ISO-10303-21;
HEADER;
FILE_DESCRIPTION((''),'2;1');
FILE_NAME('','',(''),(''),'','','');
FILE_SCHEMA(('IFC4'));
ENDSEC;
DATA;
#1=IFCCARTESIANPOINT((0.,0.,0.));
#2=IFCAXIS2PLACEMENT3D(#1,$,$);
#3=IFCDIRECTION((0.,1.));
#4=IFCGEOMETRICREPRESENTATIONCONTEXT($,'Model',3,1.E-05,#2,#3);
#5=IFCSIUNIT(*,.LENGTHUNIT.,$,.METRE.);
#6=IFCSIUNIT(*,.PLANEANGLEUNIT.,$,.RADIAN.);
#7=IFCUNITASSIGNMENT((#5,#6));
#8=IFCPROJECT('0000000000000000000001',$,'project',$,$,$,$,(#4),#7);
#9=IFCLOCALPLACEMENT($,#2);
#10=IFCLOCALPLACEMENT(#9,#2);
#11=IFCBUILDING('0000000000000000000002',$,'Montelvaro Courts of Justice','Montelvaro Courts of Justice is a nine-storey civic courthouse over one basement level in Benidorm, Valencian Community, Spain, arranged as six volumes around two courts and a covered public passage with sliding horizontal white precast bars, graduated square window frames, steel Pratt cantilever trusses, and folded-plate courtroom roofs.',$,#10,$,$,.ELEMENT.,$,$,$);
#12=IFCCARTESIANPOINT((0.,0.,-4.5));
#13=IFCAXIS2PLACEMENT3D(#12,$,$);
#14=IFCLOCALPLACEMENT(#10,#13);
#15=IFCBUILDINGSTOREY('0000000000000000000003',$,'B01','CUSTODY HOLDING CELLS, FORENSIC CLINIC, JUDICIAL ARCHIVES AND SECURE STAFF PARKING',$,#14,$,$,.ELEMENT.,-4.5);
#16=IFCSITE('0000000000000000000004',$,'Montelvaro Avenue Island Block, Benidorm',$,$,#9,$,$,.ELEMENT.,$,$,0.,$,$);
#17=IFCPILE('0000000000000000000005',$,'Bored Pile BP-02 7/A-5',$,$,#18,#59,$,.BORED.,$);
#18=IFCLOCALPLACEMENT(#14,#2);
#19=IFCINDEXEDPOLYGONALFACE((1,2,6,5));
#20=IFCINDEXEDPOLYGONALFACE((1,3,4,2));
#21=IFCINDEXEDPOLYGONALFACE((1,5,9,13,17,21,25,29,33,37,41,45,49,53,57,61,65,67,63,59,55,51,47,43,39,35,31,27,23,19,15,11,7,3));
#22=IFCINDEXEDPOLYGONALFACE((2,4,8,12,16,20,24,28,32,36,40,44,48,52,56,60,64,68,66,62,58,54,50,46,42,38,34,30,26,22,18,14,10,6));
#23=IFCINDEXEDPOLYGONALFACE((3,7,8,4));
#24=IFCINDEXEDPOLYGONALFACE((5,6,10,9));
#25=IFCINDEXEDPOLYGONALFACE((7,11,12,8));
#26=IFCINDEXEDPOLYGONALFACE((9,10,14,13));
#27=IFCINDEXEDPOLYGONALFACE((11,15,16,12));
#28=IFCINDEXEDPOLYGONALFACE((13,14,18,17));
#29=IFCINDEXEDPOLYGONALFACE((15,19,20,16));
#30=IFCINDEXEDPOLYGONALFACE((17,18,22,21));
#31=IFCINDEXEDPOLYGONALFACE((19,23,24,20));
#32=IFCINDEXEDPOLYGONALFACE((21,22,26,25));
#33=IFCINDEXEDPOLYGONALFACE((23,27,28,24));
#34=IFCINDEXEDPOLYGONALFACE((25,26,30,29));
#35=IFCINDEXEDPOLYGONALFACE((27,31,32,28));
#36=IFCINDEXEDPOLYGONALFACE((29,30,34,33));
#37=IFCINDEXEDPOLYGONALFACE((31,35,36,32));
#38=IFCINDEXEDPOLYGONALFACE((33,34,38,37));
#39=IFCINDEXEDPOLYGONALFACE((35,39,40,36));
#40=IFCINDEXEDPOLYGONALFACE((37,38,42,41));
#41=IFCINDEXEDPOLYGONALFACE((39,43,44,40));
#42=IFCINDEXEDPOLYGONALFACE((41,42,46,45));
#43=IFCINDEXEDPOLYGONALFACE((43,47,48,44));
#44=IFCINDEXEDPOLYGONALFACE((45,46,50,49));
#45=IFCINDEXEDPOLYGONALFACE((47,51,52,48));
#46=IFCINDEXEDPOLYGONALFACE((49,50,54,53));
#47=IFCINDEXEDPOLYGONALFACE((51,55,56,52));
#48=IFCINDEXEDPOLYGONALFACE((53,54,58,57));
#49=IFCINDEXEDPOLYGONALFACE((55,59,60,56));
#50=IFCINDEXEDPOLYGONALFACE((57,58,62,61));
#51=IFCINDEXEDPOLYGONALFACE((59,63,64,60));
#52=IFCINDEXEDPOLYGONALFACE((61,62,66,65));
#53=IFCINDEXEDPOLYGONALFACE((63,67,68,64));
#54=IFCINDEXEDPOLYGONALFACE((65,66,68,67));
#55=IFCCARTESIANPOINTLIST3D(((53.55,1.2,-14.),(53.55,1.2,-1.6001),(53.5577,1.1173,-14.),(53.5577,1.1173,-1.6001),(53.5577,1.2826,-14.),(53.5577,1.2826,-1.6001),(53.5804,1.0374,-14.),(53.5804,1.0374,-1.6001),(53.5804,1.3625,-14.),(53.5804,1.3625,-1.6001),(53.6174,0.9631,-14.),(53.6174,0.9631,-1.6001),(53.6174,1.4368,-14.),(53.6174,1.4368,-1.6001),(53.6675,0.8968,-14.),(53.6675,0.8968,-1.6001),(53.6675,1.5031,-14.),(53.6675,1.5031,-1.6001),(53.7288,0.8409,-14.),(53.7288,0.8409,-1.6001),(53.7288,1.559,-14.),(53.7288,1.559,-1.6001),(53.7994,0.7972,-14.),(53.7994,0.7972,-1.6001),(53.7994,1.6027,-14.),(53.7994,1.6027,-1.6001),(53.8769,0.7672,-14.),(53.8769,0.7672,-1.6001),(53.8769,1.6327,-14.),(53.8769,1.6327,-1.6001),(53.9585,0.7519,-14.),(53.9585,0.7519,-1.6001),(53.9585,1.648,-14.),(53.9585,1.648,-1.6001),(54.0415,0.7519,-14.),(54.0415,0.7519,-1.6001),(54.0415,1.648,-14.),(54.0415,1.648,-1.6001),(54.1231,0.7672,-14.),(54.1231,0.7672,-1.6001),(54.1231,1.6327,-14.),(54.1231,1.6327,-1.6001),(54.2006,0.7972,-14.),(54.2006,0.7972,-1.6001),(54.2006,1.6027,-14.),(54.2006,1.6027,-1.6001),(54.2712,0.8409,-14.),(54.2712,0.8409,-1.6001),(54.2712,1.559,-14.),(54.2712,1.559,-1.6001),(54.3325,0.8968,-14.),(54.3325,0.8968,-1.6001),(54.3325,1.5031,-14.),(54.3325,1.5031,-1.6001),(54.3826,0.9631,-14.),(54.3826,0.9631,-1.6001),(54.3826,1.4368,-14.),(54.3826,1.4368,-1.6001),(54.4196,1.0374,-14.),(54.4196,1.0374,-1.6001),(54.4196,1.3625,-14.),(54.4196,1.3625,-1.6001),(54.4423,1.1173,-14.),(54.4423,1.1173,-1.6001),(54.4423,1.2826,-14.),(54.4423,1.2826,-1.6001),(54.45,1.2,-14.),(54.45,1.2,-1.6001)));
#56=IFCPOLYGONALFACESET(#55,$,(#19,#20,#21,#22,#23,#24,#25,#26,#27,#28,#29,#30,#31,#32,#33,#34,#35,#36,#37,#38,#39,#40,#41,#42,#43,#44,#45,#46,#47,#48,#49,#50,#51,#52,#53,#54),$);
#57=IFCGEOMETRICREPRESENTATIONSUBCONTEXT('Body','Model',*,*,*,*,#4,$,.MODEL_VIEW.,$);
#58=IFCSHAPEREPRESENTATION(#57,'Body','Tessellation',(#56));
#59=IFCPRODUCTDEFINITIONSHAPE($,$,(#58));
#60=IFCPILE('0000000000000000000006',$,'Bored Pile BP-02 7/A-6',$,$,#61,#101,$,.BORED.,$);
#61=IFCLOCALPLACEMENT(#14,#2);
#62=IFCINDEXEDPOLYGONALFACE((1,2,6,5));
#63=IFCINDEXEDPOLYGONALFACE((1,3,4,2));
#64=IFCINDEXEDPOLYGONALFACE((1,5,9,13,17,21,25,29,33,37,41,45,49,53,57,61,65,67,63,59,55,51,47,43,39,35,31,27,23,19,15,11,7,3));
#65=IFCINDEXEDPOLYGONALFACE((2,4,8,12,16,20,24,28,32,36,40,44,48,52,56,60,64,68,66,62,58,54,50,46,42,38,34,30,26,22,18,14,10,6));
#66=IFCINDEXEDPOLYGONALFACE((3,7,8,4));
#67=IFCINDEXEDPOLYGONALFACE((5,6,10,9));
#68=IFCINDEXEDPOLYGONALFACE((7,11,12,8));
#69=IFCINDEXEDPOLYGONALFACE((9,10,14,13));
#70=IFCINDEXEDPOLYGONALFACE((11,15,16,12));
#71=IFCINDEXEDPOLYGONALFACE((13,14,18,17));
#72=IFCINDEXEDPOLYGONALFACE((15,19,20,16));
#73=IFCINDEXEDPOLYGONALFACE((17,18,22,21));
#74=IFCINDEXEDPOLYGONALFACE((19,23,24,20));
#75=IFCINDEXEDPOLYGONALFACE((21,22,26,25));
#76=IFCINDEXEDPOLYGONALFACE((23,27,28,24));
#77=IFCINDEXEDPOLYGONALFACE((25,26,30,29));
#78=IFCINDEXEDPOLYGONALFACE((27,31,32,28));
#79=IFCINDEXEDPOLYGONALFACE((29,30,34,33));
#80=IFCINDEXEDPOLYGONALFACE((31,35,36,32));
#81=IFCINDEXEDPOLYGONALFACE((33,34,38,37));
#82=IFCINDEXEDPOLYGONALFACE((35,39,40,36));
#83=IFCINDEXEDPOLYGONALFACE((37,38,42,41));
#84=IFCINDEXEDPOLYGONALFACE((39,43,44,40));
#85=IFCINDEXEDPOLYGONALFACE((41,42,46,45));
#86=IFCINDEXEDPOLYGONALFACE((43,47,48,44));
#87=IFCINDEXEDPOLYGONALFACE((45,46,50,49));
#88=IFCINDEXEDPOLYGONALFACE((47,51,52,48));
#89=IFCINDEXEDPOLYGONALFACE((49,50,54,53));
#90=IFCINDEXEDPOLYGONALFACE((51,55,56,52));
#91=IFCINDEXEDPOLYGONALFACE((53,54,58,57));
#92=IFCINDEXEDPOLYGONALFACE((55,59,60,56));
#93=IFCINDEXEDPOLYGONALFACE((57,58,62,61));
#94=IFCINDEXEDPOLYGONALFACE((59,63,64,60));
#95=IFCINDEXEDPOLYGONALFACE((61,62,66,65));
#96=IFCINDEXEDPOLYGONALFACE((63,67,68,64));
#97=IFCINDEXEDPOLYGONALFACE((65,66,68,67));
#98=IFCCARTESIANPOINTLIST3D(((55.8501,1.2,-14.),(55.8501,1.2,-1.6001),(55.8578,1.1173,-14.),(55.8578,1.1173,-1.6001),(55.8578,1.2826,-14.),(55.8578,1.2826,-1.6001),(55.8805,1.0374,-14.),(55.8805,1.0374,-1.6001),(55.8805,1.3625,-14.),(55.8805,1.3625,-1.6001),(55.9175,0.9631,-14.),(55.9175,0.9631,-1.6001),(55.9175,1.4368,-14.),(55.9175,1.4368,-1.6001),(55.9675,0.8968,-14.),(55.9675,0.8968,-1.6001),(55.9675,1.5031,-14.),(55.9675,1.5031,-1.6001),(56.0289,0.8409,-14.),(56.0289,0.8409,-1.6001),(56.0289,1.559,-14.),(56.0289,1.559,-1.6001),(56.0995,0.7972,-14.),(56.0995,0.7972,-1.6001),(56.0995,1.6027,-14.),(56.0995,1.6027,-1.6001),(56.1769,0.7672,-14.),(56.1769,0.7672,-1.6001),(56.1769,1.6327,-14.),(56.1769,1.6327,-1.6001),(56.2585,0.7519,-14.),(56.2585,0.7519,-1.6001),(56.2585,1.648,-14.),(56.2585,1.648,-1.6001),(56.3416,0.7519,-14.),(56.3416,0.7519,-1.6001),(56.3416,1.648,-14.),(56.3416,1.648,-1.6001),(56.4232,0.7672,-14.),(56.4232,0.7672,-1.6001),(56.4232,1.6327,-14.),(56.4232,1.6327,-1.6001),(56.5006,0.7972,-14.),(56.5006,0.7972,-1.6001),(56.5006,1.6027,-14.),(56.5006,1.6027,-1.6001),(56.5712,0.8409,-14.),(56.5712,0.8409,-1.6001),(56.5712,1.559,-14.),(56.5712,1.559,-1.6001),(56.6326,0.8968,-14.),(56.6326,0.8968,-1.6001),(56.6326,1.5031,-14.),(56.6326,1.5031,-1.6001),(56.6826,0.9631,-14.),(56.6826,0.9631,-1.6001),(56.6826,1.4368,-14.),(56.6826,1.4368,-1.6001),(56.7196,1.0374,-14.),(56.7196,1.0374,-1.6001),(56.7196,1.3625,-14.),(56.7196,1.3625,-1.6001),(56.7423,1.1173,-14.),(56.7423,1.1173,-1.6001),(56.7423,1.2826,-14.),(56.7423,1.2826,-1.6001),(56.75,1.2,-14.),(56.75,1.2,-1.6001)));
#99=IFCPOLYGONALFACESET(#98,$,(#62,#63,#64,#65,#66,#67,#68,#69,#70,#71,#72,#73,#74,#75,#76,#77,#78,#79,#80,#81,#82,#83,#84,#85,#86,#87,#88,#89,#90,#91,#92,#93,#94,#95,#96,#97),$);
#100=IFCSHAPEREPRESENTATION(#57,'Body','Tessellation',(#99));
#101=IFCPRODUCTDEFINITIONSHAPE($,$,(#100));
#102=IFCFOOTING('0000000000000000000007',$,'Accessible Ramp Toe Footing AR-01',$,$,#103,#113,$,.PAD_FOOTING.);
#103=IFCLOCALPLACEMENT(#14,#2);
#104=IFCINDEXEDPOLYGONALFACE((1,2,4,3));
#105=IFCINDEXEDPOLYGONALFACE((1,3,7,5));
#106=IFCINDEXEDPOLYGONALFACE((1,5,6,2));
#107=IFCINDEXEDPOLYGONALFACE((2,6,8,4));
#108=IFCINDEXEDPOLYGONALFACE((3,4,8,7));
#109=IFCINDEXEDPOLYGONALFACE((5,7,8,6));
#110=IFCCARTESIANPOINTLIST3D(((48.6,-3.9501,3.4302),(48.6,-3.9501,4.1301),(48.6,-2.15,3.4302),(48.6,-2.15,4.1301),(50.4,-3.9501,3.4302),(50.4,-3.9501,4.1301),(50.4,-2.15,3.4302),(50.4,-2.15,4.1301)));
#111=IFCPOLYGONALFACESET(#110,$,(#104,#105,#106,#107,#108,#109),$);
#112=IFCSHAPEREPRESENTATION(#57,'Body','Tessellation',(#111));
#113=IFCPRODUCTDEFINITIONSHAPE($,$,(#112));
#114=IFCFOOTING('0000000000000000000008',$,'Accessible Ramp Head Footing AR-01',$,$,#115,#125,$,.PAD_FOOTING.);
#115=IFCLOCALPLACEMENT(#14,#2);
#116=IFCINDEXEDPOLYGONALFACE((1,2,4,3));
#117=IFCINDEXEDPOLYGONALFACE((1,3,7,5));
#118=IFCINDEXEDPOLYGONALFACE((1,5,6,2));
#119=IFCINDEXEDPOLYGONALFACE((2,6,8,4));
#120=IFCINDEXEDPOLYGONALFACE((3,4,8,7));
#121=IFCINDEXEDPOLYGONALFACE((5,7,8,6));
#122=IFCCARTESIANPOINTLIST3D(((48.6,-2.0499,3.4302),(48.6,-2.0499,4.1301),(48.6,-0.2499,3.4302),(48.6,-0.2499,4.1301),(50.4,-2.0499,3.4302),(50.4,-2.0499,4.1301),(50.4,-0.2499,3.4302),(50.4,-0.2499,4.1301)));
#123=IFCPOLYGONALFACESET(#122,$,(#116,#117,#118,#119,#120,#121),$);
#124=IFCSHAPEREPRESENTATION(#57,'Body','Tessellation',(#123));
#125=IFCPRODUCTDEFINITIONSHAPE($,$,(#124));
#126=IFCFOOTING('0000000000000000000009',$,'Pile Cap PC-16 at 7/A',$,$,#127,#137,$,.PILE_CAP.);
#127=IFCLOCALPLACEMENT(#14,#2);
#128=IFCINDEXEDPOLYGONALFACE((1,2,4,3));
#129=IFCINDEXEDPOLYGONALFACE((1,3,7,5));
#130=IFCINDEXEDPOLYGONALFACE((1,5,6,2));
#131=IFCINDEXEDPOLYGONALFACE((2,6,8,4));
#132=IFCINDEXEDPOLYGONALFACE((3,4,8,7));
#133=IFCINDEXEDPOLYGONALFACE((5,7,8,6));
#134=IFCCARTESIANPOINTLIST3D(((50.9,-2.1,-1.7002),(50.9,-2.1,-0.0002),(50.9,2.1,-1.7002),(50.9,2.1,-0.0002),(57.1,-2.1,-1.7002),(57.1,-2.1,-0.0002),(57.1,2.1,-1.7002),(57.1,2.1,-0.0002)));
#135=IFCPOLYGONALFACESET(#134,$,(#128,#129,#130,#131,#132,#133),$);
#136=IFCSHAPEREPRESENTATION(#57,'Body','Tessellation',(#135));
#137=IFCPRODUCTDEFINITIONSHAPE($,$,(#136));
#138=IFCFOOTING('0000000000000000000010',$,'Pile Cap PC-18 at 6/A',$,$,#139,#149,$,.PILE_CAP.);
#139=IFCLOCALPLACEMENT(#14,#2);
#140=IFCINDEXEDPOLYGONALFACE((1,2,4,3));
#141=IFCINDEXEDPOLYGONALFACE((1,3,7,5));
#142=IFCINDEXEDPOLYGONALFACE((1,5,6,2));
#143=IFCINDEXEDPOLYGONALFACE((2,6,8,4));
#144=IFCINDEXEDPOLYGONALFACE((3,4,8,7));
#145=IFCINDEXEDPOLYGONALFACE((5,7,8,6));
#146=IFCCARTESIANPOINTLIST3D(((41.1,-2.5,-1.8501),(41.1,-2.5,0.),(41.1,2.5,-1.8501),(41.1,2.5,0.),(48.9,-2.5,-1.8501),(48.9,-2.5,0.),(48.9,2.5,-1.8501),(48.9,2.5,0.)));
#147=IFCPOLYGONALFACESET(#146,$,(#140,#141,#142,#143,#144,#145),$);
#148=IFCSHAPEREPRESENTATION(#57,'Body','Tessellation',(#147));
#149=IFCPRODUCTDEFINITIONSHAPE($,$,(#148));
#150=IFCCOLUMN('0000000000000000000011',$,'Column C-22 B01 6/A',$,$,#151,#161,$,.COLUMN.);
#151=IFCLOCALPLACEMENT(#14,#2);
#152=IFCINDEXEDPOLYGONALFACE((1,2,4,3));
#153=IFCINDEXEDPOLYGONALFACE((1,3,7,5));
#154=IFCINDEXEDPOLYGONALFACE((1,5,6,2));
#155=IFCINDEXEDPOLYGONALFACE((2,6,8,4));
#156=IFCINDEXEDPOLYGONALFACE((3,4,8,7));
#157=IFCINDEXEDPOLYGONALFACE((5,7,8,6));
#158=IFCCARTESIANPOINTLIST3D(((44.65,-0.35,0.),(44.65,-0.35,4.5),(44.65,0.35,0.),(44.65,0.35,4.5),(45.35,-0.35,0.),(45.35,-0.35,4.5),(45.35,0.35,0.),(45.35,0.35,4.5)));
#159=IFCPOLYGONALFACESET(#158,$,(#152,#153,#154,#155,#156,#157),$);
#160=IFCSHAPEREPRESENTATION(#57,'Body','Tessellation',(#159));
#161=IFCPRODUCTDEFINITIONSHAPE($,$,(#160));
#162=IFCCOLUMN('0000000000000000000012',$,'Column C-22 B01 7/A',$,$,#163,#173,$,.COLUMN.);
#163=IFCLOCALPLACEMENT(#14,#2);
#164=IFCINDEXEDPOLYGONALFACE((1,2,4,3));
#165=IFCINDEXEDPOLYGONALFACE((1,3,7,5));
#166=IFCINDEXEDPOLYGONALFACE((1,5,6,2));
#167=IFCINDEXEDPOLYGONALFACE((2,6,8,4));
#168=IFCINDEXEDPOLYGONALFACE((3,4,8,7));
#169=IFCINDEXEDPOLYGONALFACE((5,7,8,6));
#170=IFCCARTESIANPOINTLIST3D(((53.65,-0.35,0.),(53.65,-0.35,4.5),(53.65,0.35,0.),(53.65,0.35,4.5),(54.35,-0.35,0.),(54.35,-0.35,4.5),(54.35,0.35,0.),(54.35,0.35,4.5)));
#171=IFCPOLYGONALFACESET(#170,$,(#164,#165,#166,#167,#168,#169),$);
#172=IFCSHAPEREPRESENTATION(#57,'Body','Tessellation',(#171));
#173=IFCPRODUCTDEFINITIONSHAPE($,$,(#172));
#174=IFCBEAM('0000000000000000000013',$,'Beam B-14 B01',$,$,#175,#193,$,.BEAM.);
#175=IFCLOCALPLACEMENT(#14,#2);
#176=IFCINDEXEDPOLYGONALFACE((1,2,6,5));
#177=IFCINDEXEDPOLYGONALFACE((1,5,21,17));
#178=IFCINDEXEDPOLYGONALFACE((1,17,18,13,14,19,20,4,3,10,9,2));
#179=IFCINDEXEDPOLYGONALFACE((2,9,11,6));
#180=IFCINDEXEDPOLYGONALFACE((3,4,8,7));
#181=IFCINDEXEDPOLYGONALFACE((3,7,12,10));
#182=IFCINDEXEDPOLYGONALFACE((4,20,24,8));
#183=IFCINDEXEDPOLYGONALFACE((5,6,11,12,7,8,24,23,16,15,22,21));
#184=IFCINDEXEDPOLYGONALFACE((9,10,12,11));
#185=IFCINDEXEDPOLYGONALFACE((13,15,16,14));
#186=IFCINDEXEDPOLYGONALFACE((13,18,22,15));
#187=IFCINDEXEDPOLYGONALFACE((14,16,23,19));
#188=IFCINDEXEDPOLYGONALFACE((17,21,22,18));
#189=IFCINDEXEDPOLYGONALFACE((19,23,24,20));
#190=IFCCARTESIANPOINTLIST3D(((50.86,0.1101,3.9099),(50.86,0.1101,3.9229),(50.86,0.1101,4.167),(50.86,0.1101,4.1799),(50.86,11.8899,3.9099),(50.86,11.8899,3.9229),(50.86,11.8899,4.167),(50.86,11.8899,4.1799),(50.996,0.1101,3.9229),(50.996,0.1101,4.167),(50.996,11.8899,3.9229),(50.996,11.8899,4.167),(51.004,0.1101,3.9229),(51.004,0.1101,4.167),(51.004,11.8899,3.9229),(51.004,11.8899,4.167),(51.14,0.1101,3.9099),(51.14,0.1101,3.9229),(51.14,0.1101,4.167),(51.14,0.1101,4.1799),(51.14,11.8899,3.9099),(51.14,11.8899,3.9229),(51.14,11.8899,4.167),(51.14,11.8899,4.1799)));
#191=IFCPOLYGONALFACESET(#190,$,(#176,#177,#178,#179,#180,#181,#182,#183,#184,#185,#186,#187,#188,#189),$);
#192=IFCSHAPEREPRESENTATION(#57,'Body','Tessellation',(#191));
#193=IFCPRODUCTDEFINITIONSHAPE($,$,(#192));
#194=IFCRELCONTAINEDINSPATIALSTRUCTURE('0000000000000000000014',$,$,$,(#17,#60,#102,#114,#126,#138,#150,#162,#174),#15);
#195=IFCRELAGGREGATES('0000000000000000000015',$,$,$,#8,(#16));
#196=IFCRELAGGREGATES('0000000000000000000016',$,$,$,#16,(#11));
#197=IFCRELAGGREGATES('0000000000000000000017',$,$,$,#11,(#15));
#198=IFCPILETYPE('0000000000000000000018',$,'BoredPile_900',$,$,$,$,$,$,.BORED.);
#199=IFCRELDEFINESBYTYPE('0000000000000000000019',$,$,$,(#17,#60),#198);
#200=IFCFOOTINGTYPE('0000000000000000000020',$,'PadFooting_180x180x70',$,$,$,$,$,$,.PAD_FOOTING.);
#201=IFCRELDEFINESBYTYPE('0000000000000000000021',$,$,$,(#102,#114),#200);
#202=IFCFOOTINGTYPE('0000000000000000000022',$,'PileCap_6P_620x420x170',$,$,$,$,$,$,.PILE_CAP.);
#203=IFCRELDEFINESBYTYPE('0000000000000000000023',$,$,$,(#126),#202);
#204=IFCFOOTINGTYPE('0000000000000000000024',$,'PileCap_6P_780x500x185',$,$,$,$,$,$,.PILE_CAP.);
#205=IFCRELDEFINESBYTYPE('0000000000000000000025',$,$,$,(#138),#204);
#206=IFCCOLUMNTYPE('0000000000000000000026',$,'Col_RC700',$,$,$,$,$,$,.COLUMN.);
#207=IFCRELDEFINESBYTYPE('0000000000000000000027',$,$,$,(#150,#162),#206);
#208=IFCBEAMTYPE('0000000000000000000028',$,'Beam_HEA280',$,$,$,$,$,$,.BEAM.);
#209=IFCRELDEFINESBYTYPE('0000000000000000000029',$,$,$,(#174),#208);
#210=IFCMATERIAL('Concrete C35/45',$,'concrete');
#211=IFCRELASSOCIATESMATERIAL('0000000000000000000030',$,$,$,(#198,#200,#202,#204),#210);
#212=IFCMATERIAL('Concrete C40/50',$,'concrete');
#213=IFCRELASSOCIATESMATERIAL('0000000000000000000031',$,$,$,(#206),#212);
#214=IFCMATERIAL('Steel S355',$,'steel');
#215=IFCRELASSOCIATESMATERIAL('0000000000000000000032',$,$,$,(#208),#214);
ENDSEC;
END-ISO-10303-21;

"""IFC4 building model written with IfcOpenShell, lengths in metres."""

from ifc_helpers import new_model, si_unit, direction, frame, origin, origin_2d, place, context, subcontext, project, spatial, rectangle, circle, i_section, extrude, material, material_profile, profile_set, type_object, element, save


model = new_model("IFC4")

# Units and contexts
model_context = context("Model", 3, precision=1e-05, world=origin(), true_north=direction((0.0, 1.0)))
body_context = subcontext(model_context, "Body", "Model", "MODEL_VIEW")
ifc_project = project(units=[si_unit("LENGTHUNIT", "METRE"), si_unit("PLANEANGLEUNIT", "RADIAN")], contexts=[model_context])

# Site, building, storey
site_placement = place(None, origin())
site = spatial("IfcSite", under=ifc_project, at=site_placement, Name="Montelvaro Avenue Island Block, Benidorm", CompositionType="ELEMENT", RefElevation=0.0)
building_placement = place(site_placement, origin())
building = spatial("IfcBuilding", under=site, at=building_placement, Name="Montelvaro Courts of Justice", Description="Montelvaro Courts of Justice is a nine-storey civic courthouse over one basement level in Benidorm, Valencian Community, Spain, arranged as six volumes around two courts and a covered public passage with sliding horizontal white precast bars, graduated square window frames, steel Pratt cantilever trusses, and folded-plate courtroom roofs.", CompositionType="ELEMENT")
storey_placement = place(building_placement, frame((0.0, 0.0, -4.5)))
storey = spatial("IfcBuildingStorey", under=building, at=storey_placement, Name="B01", Description="CUSTODY HOLDING CELLS, FORENSIC CLINIC, JUDICIAL ARCHIVES AND SECURE STAFF PARKING", CompositionType="ELEMENT", Elevation=-4.5)

# Piles
ifc_material_1 = material(Name="Concrete C35/45", Category="concrete")
ifc_material_profile_1 = material_profile(ifc_material_1, circle(Radius=0.45, at=origin_2d()), Name="BORED PILE D900")
ifc_profile_set_1 = profile_set([ifc_material_profile_1], Name="Concrete C35/45")
pile_type_1 = type_object("IfcPileType", Name="BoredPile_900", PredefinedType="BORED", material=ifc_profile_set_1)
for number, where, z_axis, x_axis, name in (
    (1, (54.0, 1.2, -1.6001), (0.0, 0.0, -1.0), (1.0, 0.0, 0.0), "Bored Pile BP-02 7/A-5"),
    (2, (56.3, 1.2, -1.6001), (0.0, 0.0, -1.0), (1.0, 0.0, 0.0), "Bored Pile BP-02 7/A-6"),
):
    element("IfcPile", number, at=place(storey_placement, frame(where, z_axis=z_axis, x_axis=x_axis)), inside=storey, type_object=pile_type_1, Name=name, PredefinedType="BORED", context=body_context, shape_type="SweptSolid", body=[
        extrude(circle(Radius=0.45, at=origin_2d()), origin(), (0.0, 0.0, 1.0), 12.3999),
    ])

# Footings
footing_type_1 = type_object("IfcFootingType", Name="PadFooting_180x180x70", PredefinedType="PAD_FOOTING", material=ifc_material_1)
for number, where, z_axis, x_axis, name in (
    (3, (49.5, -3.05, 3.4302), (0.0, 0.0, 1.0), (1.0, 0.0, 0.0), "Accessible Ramp Toe Footing AR-01"),
    (4, (49.5, -1.1499, 3.4302), (0.0, 0.0, 1.0), (1.0, 0.0, 0.0), "Accessible Ramp Head Footing AR-01"),
):
    element("IfcFooting", number, at=place(storey_placement, frame(where, z_axis=z_axis, x_axis=x_axis)), inside=storey, type_object=footing_type_1, Name=name, PredefinedType="PAD_FOOTING", context=body_context, shape_type="SweptSolid", body=[
        extrude(rectangle(XDim=1.8, YDim=1.8, at=origin_2d()), origin(), (0.0, 0.0, 1.0), 0.7),
    ])
footing_type_2 = type_object("IfcFootingType", Name="PileCap_6P_620x420x170", PredefinedType="PILE_CAP", material=ifc_material_1)
footing_1_placement = place(storey_placement, frame((54.0, 0.0, -1.7002), z_axis=(0.0, 0.0, 1.0), x_axis=(1.0, 0.0, 0.0)))
element("IfcFooting", 5, at=footing_1_placement, inside=storey, type_object=footing_type_2, Name="Pile Cap PC-16 at 7/A", PredefinedType="PILE_CAP", context=body_context, shape_type="SweptSolid", body=[
    extrude(rectangle(XDim=6.2, YDim=4.2, at=origin_2d()), origin(), (0.0, 0.0, 1.0), 1.7),
])
footing_type_3 = type_object("IfcFootingType", Name="PileCap_6P_780x500x185", PredefinedType="PILE_CAP", material=ifc_material_1)
footing_2_placement = place(storey_placement, frame((45.0, 0.0, -1.8501), z_axis=(0.0, 0.0, 1.0), x_axis=(1.0, 0.0, 0.0)))
element("IfcFooting", 6, at=footing_2_placement, inside=storey, type_object=footing_type_3, Name="Pile Cap PC-18 at 6/A", PredefinedType="PILE_CAP", context=body_context, shape_type="SweptSolid", body=[
    extrude(rectangle(XDim=7.8, YDim=5.0, at=origin_2d()), origin(), (0.0, 0.0, 1.0), 1.8501),
])

# Columns
ifc_material_2 = material(Name="Concrete C40/50", Category="concrete")
ifc_material_profile_2 = material_profile(ifc_material_2, rectangle(XDim=0.7, YDim=0.7, at=origin_2d()), Name="RC 700x700")
ifc_profile_set_2 = profile_set([ifc_material_profile_2], Name="Concrete C40/50")
column_type = type_object("IfcColumnType", Name="Col_RC700", PredefinedType="COLUMN", material=ifc_profile_set_2)
for number, where, z_axis, x_axis, name in (
    (7, (45.0, 0.0, 0.0), (0.0, 0.0, 1.0), (1.0, 0.0, 0.0), "Column C-22 B01 6/A"),
    (8, (54.0, 0.0, 0.0), (0.0, 0.0, 1.0), (1.0, 0.0, 0.0), "Column C-22 B01 7/A"),
):
    element("IfcColumn", number, at=place(storey_placement, frame(where, z_axis=z_axis, x_axis=x_axis)), inside=storey, type_object=column_type, Name=name, PredefinedType="COLUMN", context=body_context, shape_type="SweptSolid", body=[
        extrude(rectangle(XDim=0.7, YDim=0.7, at=origin_2d()), origin(), (0.0, 0.0, 1.0), 4.5),
    ])

# Beam
ifc_material_3 = material(Name="Steel S355", Category="steel")
ifc_material_profile_3 = material_profile(ifc_material_3, i_section(OverallWidth=0.28, OverallDepth=0.27, WebThickness=0.0081, FlangeThickness=0.0129, at=origin_2d()), Name="HEA 280")
ifc_profile_set_3 = profile_set([ifc_material_profile_3], Name="Steel S355")
beam_type_1 = type_object("IfcBeamType", Name="Beam_HEA280", PredefinedType="BEAM", material=ifc_profile_set_3)
beam_1_placement = place(storey_placement, frame((51.0, 0.1101, 4.0449), z_axis=(0.0, 1.0, 0.0), x_axis=(-1.0, 0.0, 0.0)))
element("IfcBeam", 9, at=beam_1_placement, inside=storey, type_object=beam_type_1, Name="Beam B-14 B01", PredefinedType="BEAM", context=body_context, shape_type="SweptSolid", body=[
    extrude(i_section(OverallWidth=0.28, OverallDepth=0.27, WebThickness=0.0081, FlangeThickness=0.0129, at=origin_2d()), origin(), (0.0, 0.0, 1.0), 11.7798),
])

save(model, "model.ifc")
